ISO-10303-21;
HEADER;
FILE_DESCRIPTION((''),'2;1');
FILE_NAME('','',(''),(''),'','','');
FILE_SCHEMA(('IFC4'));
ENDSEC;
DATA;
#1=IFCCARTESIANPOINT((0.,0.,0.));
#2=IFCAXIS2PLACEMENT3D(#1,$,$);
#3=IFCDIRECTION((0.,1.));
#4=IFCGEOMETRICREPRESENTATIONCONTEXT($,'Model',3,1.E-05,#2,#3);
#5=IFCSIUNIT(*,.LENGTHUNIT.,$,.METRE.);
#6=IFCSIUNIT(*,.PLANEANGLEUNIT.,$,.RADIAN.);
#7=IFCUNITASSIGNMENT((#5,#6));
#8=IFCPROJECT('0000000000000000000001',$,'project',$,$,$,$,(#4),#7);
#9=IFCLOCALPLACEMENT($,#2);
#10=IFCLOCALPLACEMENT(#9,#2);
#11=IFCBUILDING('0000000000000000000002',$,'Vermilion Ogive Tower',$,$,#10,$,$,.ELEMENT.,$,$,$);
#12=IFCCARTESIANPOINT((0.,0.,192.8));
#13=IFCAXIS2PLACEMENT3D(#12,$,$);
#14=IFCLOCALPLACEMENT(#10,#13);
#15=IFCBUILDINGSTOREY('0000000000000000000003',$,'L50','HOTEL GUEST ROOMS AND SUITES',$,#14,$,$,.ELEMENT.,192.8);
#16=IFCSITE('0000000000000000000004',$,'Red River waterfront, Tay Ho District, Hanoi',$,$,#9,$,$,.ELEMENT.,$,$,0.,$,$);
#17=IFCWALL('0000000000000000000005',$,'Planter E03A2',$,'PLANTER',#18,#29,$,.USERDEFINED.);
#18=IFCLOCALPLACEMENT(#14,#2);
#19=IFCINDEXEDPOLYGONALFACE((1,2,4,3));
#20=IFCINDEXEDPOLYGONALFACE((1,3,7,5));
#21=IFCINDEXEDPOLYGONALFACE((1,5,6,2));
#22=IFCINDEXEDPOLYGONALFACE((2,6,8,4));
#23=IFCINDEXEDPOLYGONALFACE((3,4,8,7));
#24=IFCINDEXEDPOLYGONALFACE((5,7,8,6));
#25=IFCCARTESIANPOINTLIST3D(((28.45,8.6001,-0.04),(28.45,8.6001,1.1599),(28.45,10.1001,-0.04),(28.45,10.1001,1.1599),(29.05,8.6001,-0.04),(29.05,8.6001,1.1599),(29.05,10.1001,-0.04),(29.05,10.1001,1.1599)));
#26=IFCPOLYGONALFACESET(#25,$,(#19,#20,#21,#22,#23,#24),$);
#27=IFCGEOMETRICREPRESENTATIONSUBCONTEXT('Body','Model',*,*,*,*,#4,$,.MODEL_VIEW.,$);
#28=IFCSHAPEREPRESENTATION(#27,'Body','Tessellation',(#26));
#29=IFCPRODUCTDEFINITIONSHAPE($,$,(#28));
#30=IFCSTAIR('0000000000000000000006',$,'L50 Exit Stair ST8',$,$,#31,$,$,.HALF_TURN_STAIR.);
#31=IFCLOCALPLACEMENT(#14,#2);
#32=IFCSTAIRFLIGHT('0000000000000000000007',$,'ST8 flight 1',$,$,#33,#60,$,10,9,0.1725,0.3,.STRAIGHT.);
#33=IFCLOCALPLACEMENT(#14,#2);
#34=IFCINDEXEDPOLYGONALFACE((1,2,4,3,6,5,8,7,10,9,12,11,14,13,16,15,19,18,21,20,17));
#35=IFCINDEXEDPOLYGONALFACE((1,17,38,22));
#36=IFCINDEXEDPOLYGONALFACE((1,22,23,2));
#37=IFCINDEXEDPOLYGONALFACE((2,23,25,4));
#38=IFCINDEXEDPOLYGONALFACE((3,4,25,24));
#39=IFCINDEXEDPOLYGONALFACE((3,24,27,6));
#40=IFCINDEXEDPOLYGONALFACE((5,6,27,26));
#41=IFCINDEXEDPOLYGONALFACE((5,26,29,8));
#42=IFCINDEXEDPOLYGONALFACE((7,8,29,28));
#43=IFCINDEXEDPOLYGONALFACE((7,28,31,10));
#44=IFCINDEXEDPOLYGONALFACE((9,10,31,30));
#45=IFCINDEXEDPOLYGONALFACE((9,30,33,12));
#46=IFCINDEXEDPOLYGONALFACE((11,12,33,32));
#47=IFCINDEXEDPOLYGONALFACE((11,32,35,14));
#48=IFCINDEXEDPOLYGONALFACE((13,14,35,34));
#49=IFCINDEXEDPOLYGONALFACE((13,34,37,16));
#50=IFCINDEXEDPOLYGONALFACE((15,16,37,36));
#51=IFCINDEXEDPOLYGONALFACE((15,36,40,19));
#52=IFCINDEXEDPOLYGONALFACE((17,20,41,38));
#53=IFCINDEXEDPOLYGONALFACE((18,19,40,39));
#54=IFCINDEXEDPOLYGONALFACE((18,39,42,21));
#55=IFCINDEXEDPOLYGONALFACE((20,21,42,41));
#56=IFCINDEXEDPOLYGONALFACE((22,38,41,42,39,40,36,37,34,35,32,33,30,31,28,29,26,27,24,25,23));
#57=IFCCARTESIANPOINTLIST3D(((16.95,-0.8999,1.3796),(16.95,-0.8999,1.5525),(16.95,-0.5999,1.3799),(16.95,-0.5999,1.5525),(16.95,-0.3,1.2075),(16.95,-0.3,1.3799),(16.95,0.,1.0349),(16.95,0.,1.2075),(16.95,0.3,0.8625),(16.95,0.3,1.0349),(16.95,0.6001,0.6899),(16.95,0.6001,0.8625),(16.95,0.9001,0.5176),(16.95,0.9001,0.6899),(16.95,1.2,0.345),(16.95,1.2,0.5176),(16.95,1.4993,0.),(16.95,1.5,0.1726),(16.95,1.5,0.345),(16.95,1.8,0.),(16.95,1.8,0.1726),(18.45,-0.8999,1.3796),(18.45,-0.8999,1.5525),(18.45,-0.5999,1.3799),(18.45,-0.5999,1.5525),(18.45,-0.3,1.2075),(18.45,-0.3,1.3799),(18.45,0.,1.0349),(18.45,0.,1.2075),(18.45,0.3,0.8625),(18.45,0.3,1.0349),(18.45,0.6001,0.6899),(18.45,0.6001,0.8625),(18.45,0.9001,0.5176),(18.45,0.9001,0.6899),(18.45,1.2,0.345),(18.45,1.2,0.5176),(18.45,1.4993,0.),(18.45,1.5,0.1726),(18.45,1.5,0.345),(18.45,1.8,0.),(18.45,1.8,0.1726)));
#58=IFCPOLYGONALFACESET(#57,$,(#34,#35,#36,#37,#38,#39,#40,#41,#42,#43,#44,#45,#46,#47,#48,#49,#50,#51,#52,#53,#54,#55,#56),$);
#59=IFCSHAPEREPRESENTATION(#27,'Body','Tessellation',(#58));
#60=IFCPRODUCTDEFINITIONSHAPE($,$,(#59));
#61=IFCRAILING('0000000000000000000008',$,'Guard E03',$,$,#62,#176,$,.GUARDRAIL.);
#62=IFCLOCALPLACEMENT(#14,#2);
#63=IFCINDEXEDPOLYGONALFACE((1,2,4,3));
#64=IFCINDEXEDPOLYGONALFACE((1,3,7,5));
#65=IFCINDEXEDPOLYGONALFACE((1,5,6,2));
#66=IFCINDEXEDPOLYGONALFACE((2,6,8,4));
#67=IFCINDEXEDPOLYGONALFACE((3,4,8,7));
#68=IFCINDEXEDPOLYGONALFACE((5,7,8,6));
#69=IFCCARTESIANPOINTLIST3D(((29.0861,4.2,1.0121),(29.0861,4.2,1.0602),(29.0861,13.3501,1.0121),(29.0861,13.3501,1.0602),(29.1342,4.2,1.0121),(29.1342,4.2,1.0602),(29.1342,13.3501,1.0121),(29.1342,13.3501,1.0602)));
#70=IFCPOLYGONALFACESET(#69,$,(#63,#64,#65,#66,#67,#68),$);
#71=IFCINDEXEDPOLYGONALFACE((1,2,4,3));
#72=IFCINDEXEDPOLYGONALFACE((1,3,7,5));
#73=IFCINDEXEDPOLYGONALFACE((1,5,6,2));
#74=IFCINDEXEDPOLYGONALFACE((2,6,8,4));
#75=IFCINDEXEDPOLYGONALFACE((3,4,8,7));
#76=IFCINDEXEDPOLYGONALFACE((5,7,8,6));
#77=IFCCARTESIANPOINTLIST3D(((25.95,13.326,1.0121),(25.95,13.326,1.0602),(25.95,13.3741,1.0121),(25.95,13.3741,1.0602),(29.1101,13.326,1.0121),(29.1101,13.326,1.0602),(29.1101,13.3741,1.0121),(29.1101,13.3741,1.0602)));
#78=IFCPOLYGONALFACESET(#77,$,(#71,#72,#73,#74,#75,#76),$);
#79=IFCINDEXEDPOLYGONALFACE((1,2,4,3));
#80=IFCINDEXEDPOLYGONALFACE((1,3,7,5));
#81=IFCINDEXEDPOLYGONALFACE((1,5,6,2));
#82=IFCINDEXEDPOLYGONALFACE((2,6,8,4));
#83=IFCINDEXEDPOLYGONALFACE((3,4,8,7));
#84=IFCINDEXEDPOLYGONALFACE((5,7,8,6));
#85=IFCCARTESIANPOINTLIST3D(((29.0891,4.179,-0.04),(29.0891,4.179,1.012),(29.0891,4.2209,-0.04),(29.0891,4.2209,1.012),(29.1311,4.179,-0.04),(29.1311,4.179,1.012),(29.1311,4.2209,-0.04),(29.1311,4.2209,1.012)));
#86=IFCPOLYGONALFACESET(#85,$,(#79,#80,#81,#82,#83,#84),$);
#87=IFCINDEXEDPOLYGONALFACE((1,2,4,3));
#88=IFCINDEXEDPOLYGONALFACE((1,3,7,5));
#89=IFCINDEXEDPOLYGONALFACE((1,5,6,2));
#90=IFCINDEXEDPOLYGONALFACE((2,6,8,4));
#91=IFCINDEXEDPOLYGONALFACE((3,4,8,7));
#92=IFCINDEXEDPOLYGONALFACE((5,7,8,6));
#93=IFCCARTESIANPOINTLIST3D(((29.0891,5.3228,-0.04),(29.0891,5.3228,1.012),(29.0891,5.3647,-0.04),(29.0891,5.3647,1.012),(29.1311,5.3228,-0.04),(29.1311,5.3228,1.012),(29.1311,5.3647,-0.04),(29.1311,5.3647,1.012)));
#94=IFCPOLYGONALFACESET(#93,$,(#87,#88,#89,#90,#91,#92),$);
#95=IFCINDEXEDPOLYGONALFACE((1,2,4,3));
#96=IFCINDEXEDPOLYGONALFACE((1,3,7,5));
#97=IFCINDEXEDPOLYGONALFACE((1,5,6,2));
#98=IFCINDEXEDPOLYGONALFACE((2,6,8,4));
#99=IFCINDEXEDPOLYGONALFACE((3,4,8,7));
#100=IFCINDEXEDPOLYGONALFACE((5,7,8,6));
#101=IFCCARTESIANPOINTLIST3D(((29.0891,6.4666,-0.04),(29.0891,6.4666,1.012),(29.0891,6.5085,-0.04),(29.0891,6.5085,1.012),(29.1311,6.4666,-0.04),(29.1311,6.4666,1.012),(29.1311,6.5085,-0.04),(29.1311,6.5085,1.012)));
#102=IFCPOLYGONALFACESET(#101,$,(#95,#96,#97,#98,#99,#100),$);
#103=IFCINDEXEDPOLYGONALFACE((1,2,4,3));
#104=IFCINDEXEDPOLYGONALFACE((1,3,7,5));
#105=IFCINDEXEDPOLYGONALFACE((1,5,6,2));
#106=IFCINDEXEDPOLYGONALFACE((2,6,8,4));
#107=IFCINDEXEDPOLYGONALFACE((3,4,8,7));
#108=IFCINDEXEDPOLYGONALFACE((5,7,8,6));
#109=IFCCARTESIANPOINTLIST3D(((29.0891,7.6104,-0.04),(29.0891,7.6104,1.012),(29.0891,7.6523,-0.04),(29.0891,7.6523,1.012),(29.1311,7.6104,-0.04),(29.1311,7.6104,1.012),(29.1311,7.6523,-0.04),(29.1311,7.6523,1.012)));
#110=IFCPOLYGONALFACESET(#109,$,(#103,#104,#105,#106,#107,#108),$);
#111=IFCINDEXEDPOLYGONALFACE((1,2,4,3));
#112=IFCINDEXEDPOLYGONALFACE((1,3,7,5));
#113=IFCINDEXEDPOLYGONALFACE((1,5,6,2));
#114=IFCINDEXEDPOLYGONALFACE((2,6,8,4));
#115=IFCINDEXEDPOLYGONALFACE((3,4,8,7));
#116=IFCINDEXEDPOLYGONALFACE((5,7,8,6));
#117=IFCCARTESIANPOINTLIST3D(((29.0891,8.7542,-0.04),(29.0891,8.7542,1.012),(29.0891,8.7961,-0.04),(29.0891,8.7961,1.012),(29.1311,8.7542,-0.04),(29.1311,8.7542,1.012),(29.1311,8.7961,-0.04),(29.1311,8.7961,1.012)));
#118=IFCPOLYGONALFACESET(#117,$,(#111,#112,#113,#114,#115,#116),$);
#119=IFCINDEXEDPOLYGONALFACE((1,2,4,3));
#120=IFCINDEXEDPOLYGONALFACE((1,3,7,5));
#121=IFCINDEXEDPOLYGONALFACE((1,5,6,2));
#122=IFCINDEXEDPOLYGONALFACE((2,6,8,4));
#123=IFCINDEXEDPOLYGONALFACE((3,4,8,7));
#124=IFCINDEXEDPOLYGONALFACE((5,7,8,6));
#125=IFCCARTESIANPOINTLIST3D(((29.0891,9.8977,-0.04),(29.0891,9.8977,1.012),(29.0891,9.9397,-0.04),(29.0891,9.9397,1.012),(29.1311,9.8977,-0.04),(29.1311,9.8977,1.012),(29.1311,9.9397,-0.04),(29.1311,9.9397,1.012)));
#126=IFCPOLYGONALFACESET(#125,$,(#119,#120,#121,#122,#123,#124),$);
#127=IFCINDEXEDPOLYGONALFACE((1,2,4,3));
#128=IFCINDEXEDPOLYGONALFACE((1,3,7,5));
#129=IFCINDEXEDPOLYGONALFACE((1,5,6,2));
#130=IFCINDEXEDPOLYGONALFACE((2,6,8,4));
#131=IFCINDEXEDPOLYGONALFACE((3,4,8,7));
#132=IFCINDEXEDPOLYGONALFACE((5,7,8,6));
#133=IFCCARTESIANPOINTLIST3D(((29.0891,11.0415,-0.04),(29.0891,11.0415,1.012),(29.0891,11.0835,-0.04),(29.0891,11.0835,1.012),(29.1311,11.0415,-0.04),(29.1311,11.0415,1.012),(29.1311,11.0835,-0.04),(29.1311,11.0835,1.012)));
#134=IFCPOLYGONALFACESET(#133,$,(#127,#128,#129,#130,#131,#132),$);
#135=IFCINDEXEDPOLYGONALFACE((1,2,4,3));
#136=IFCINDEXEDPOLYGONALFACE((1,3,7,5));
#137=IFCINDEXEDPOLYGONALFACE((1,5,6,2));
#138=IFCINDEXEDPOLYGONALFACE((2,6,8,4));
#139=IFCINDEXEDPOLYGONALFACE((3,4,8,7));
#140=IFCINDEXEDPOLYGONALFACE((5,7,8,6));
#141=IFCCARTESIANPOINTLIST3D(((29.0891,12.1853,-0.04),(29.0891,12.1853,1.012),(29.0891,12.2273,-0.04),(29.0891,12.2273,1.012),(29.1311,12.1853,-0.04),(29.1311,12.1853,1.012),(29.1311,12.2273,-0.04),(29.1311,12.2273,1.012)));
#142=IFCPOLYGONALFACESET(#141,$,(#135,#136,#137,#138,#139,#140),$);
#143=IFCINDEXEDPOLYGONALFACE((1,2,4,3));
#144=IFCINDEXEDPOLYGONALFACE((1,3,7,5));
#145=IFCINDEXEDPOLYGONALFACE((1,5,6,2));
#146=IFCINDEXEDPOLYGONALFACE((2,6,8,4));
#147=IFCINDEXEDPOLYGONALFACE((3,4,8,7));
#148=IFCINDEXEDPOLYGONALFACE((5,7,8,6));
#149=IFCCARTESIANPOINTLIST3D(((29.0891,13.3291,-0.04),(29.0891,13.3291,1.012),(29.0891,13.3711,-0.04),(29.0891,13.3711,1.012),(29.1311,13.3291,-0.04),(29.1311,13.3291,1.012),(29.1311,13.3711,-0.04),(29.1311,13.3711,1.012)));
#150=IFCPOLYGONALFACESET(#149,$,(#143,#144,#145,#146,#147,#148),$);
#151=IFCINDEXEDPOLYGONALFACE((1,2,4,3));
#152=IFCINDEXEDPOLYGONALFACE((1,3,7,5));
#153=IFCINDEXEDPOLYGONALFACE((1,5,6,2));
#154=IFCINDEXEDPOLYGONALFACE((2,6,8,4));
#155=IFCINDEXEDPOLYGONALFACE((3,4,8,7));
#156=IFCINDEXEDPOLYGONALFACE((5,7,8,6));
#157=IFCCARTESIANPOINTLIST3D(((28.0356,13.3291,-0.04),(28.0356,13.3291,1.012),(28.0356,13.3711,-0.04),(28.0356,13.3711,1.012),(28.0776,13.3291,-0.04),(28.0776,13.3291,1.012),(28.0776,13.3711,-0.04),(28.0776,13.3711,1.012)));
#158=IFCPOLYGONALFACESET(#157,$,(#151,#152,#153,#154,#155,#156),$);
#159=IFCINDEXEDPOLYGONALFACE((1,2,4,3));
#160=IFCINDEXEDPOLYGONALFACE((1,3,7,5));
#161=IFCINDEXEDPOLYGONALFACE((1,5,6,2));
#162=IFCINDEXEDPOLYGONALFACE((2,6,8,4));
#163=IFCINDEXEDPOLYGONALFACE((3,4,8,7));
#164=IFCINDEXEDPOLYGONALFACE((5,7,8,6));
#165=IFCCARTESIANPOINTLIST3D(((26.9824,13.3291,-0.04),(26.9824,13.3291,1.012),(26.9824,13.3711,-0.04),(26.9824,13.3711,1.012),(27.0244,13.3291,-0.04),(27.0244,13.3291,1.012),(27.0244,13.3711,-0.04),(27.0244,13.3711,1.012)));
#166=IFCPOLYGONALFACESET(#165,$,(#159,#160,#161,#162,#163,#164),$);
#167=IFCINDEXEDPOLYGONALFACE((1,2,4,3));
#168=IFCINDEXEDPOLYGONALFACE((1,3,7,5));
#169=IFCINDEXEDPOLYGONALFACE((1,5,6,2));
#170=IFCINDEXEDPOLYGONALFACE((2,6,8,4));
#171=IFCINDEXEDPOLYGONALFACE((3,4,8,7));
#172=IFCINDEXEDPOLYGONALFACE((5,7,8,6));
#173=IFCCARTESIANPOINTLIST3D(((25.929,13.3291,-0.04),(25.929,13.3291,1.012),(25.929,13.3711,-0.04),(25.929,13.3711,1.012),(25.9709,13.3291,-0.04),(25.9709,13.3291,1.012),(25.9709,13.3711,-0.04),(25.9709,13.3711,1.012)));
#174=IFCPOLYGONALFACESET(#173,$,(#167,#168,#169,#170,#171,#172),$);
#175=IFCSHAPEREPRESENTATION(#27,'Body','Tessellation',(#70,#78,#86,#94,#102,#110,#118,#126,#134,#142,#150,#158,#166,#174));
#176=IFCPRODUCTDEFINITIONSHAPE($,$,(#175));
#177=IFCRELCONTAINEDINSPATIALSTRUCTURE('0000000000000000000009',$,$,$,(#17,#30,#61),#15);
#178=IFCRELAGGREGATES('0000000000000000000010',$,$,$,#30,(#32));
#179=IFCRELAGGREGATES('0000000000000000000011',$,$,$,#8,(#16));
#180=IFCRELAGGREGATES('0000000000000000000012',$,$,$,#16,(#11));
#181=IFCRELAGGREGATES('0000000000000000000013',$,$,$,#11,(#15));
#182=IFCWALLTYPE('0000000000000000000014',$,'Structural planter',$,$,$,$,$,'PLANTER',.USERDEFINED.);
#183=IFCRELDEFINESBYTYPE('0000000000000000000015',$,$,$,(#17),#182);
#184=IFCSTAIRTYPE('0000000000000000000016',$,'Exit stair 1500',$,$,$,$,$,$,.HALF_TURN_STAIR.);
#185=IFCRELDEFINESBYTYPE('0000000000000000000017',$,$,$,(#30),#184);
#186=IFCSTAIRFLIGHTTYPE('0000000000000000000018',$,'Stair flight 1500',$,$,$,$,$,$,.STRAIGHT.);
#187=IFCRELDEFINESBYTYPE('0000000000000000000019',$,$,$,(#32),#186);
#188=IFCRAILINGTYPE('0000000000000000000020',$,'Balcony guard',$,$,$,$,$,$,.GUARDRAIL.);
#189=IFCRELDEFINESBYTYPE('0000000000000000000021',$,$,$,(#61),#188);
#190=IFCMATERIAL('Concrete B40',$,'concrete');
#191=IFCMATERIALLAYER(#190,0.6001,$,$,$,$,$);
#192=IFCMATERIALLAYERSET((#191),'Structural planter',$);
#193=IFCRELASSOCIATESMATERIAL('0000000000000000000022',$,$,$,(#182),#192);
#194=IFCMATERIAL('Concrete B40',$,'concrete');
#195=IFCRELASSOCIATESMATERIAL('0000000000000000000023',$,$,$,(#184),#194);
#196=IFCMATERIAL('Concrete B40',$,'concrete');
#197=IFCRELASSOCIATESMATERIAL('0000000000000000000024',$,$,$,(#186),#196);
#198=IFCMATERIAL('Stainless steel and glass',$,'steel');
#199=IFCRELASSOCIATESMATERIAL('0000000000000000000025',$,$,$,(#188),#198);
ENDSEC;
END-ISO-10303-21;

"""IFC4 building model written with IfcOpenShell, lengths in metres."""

from ifc_helpers import new_model, si_unit, direction, frame, frame_2d, origin, origin_2d, place, context, subcontext, project, spatial, polyline, rectangle, outline, extrude, material, layer, layer_set, type_object, element, aggregate, save


model = new_model("IFC4")

# Units and contexts
model_context = context("Model", 3, precision=1e-05, world=origin(), true_north=direction((0.0, 1.0)))
body_context = subcontext(model_context, "Body", "Model", "MODEL_VIEW")
ifc_project = project(units=[si_unit("LENGTHUNIT", "METRE"), si_unit("PLANEANGLEUNIT", "RADIAN")], contexts=[model_context])

# Site, building, storey
site_placement = place(None, origin())
site = spatial("IfcSite", under=ifc_project, at=site_placement, Name="Red River waterfront, Tay Ho District, Hanoi", CompositionType="ELEMENT", RefElevation=0.0)
building_placement = place(site_placement, origin())
building = spatial("IfcBuilding", under=site, at=building_placement, Name="Vermilion Ogive Tower", CompositionType="ELEMENT")
storey_placement = place(building_placement, frame((0.0, 0.0, 192.8)))
storey = spatial("IfcBuildingStorey", under=building, at=storey_placement, Name="L50", Description="HOTEL GUEST ROOMS AND SUITES", CompositionType="ELEMENT", Elevation=192.8)

# Wall
ifc_material_1 = material(Name="Concrete B40", Category="concrete")
ifc_layer_1 = layer(ifc_material_1, 0.6001)
ifc_layer_set_1 = layer_set([ifc_layer_1], Name="Structural planter")
wall_type_1 = type_object("IfcWallType", Name="Structural planter", ElementType="PLANTER", PredefinedType="USERDEFINED", material=ifc_layer_set_1)
wall_1_placement = place(storey_placement, frame((28.75, 8.6001, -0.04), z_axis=(0.0, 0.0, 1.0), x_axis=(0.0, 1.0, 0.0)))
element("IfcWall", 1, at=wall_1_placement, inside=storey, type_object=wall_type_1, Name="Planter E03A2", ObjectType="PLANTER", PredefinedType="USERDEFINED", context=body_context, shape_type="SweptSolid", body=[
    extrude(rectangle(XDim=1.5, YDim=0.6001, at=frame_2d((0.75, 0.0))), origin(), (0.0, 0.0, 1.0), 1.2),
])

# Stair, stair flight
ifc_material_2 = material(Name="Concrete B40", Category="concrete")
stair_type = type_object("IfcStairType", Name="Exit stair 1500", PredefinedType="HALF_TURN_STAIR", material=ifc_material_2)
stair_placement = place(storey_placement, origin())
stair = element("IfcStair", 2, at=stair_placement, inside=storey, type_object=stair_type, Name="L50 Exit Stair ST8", PredefinedType="HALF_TURN_STAIR")
ifc_material_3 = material(Name="Concrete B40", Category="concrete")
stair_flight_type = type_object("IfcStairFlightType", Name="Stair flight 1500", PredefinedType="STRAIGHT", material=ifc_material_3)
stair_flight_placement = place(storey_placement, frame((17.7, 1.8, 0.0), z_axis=(0.0, 0.0, 1.0), x_axis=(0.0, -1.0, 0.0)))
stair_flight = element("IfcStairFlight", 3, at=stair_flight_placement, type_object=stair_flight_type, Name="ST8 flight 1", NumberOfRisers=10, NumberOfTreads=9, PredefinedType="STRAIGHT", RiserHeight=0.1725, TreadLength=0.3, context=body_context, shape_type="SweptSolid", body=[
    extrude(outline(polyline([(0.0, 0.0), (0.0, 0.1726), (0.3, 0.1726), (0.3, 0.345), (0.6001, 0.345), (0.6001, 0.5176), (0.8999, 0.5176), (0.8999, 0.6899), (1.2, 0.6899), (1.2, 0.8625), (1.5, 0.8625), (1.5, 1.0349), (1.8, 1.0349), (1.8, 1.2075), (2.1001, 1.2075), (2.1001, 1.3799), (2.3999, 1.3799), (2.3999, 1.5525), (2.7, 1.5525), (2.7, 1.7251), (2.7, 1.3796), (0.3008, 0.0), (0.0, 0.0)])), frame((0.0, 0.75, 0.0), z_axis=(0.0, -1.0, 0.0), x_axis=(1.0, 0.0, 0.0)), (0.0, 0.0, 1.0), 1.5),
])
aggregate(stair, [stair_flight])

# Railing
ifc_material_4 = material(Name="Stainless steel and glass", Category="steel")
railing_type_1 = type_object("IfcRailingType", Name="Balcony guard", PredefinedType="GUARDRAIL", material=ifc_material_4)
railing_1_placement = place(storey_placement, frame((29.1101, 4.2, -0.04)))
element("IfcRailing", 4, at=railing_1_placement, inside=storey, type_object=railing_type_1, Name="Guard E03", PredefinedType="GUARDRAIL", context=body_context, shape_type="SweptSolid", body=[
    extrude(rectangle(XDim=0.0481, YDim=0.0481, at=origin_2d()), frame((0.0, 0.0, 1.0762), z_axis=(0.0, 1.0, 0.0), x_axis=(-1.0, 0.0, 0.0)), (0.0, 0.0, 1.0), 9.1501),
    extrude(rectangle(XDim=0.0481, YDim=0.0481, at=origin_2d()), frame((0.0, 9.1501, 1.0762), z_axis=(-1.0, 0.0, 0.0), x_axis=(0.0, -1.0, 0.0)), (0.0, 0.0, 1.0), 3.1602),
    extrude(rectangle(XDim=0.042, YDim=0.042, at=origin_2d()), origin(), (0.0, 0.0, 1.0), 1.052),
    extrude(rectangle(XDim=0.042, YDim=0.042, at=origin_2d()), frame((0.0, 1.1438, 0.0)), (0.0, 0.0, 1.0), 1.052),
    extrude(rectangle(XDim=0.042, YDim=0.042, at=origin_2d()), frame((0.0, 2.2876, 0.0)), (0.0, 0.0, 1.0), 1.052),
    extrude(rectangle(XDim=0.042, YDim=0.042, at=origin_2d()), frame((0.0, 3.4314, 0.0)), (0.0, 0.0, 1.0), 1.052),
    extrude(rectangle(XDim=0.042, YDim=0.042, at=origin_2d()), frame((0.0, 4.5752, 0.0)), (0.0, 0.0, 1.0), 1.052),
    extrude(rectangle(XDim=0.042, YDim=0.042, at=origin_2d()), frame((0.0, 5.7188, 0.0)), (0.0, 0.0, 1.0), 1.052),
    extrude(rectangle(XDim=0.042, YDim=0.042, at=origin_2d()), frame((0.0, 6.8625, 0.0)), (0.0, 0.0, 1.0), 1.052),
    extrude(rectangle(XDim=0.042, YDim=0.042, at=origin_2d()), frame((0.0, 8.0063, 0.0)), (0.0, 0.0, 1.0), 1.052),
    extrude(rectangle(XDim=0.042, YDim=0.042, at=origin_2d()), frame((0.0, 9.1501, 0.0)), (0.0, 0.0, 1.0), 1.052),
    extrude(rectangle(XDim=0.042, YDim=0.042, at=origin_2d()), frame((-1.0535, 9.1501, 0.0)), (0.0, 0.0, 1.0), 1.052),
    extrude(rectangle(XDim=0.042, YDim=0.042, at=origin_2d()), frame((-2.1067, 9.1501, 0.0)), (0.0, 0.0, 1.0), 1.052),
    extrude(rectangle(XDim=0.042, YDim=0.042, at=origin_2d()), frame((-3.1602, 9.1501, 0.0)), (0.0, 0.0, 1.0), 1.052),
])

save(model, "model.ifc")
